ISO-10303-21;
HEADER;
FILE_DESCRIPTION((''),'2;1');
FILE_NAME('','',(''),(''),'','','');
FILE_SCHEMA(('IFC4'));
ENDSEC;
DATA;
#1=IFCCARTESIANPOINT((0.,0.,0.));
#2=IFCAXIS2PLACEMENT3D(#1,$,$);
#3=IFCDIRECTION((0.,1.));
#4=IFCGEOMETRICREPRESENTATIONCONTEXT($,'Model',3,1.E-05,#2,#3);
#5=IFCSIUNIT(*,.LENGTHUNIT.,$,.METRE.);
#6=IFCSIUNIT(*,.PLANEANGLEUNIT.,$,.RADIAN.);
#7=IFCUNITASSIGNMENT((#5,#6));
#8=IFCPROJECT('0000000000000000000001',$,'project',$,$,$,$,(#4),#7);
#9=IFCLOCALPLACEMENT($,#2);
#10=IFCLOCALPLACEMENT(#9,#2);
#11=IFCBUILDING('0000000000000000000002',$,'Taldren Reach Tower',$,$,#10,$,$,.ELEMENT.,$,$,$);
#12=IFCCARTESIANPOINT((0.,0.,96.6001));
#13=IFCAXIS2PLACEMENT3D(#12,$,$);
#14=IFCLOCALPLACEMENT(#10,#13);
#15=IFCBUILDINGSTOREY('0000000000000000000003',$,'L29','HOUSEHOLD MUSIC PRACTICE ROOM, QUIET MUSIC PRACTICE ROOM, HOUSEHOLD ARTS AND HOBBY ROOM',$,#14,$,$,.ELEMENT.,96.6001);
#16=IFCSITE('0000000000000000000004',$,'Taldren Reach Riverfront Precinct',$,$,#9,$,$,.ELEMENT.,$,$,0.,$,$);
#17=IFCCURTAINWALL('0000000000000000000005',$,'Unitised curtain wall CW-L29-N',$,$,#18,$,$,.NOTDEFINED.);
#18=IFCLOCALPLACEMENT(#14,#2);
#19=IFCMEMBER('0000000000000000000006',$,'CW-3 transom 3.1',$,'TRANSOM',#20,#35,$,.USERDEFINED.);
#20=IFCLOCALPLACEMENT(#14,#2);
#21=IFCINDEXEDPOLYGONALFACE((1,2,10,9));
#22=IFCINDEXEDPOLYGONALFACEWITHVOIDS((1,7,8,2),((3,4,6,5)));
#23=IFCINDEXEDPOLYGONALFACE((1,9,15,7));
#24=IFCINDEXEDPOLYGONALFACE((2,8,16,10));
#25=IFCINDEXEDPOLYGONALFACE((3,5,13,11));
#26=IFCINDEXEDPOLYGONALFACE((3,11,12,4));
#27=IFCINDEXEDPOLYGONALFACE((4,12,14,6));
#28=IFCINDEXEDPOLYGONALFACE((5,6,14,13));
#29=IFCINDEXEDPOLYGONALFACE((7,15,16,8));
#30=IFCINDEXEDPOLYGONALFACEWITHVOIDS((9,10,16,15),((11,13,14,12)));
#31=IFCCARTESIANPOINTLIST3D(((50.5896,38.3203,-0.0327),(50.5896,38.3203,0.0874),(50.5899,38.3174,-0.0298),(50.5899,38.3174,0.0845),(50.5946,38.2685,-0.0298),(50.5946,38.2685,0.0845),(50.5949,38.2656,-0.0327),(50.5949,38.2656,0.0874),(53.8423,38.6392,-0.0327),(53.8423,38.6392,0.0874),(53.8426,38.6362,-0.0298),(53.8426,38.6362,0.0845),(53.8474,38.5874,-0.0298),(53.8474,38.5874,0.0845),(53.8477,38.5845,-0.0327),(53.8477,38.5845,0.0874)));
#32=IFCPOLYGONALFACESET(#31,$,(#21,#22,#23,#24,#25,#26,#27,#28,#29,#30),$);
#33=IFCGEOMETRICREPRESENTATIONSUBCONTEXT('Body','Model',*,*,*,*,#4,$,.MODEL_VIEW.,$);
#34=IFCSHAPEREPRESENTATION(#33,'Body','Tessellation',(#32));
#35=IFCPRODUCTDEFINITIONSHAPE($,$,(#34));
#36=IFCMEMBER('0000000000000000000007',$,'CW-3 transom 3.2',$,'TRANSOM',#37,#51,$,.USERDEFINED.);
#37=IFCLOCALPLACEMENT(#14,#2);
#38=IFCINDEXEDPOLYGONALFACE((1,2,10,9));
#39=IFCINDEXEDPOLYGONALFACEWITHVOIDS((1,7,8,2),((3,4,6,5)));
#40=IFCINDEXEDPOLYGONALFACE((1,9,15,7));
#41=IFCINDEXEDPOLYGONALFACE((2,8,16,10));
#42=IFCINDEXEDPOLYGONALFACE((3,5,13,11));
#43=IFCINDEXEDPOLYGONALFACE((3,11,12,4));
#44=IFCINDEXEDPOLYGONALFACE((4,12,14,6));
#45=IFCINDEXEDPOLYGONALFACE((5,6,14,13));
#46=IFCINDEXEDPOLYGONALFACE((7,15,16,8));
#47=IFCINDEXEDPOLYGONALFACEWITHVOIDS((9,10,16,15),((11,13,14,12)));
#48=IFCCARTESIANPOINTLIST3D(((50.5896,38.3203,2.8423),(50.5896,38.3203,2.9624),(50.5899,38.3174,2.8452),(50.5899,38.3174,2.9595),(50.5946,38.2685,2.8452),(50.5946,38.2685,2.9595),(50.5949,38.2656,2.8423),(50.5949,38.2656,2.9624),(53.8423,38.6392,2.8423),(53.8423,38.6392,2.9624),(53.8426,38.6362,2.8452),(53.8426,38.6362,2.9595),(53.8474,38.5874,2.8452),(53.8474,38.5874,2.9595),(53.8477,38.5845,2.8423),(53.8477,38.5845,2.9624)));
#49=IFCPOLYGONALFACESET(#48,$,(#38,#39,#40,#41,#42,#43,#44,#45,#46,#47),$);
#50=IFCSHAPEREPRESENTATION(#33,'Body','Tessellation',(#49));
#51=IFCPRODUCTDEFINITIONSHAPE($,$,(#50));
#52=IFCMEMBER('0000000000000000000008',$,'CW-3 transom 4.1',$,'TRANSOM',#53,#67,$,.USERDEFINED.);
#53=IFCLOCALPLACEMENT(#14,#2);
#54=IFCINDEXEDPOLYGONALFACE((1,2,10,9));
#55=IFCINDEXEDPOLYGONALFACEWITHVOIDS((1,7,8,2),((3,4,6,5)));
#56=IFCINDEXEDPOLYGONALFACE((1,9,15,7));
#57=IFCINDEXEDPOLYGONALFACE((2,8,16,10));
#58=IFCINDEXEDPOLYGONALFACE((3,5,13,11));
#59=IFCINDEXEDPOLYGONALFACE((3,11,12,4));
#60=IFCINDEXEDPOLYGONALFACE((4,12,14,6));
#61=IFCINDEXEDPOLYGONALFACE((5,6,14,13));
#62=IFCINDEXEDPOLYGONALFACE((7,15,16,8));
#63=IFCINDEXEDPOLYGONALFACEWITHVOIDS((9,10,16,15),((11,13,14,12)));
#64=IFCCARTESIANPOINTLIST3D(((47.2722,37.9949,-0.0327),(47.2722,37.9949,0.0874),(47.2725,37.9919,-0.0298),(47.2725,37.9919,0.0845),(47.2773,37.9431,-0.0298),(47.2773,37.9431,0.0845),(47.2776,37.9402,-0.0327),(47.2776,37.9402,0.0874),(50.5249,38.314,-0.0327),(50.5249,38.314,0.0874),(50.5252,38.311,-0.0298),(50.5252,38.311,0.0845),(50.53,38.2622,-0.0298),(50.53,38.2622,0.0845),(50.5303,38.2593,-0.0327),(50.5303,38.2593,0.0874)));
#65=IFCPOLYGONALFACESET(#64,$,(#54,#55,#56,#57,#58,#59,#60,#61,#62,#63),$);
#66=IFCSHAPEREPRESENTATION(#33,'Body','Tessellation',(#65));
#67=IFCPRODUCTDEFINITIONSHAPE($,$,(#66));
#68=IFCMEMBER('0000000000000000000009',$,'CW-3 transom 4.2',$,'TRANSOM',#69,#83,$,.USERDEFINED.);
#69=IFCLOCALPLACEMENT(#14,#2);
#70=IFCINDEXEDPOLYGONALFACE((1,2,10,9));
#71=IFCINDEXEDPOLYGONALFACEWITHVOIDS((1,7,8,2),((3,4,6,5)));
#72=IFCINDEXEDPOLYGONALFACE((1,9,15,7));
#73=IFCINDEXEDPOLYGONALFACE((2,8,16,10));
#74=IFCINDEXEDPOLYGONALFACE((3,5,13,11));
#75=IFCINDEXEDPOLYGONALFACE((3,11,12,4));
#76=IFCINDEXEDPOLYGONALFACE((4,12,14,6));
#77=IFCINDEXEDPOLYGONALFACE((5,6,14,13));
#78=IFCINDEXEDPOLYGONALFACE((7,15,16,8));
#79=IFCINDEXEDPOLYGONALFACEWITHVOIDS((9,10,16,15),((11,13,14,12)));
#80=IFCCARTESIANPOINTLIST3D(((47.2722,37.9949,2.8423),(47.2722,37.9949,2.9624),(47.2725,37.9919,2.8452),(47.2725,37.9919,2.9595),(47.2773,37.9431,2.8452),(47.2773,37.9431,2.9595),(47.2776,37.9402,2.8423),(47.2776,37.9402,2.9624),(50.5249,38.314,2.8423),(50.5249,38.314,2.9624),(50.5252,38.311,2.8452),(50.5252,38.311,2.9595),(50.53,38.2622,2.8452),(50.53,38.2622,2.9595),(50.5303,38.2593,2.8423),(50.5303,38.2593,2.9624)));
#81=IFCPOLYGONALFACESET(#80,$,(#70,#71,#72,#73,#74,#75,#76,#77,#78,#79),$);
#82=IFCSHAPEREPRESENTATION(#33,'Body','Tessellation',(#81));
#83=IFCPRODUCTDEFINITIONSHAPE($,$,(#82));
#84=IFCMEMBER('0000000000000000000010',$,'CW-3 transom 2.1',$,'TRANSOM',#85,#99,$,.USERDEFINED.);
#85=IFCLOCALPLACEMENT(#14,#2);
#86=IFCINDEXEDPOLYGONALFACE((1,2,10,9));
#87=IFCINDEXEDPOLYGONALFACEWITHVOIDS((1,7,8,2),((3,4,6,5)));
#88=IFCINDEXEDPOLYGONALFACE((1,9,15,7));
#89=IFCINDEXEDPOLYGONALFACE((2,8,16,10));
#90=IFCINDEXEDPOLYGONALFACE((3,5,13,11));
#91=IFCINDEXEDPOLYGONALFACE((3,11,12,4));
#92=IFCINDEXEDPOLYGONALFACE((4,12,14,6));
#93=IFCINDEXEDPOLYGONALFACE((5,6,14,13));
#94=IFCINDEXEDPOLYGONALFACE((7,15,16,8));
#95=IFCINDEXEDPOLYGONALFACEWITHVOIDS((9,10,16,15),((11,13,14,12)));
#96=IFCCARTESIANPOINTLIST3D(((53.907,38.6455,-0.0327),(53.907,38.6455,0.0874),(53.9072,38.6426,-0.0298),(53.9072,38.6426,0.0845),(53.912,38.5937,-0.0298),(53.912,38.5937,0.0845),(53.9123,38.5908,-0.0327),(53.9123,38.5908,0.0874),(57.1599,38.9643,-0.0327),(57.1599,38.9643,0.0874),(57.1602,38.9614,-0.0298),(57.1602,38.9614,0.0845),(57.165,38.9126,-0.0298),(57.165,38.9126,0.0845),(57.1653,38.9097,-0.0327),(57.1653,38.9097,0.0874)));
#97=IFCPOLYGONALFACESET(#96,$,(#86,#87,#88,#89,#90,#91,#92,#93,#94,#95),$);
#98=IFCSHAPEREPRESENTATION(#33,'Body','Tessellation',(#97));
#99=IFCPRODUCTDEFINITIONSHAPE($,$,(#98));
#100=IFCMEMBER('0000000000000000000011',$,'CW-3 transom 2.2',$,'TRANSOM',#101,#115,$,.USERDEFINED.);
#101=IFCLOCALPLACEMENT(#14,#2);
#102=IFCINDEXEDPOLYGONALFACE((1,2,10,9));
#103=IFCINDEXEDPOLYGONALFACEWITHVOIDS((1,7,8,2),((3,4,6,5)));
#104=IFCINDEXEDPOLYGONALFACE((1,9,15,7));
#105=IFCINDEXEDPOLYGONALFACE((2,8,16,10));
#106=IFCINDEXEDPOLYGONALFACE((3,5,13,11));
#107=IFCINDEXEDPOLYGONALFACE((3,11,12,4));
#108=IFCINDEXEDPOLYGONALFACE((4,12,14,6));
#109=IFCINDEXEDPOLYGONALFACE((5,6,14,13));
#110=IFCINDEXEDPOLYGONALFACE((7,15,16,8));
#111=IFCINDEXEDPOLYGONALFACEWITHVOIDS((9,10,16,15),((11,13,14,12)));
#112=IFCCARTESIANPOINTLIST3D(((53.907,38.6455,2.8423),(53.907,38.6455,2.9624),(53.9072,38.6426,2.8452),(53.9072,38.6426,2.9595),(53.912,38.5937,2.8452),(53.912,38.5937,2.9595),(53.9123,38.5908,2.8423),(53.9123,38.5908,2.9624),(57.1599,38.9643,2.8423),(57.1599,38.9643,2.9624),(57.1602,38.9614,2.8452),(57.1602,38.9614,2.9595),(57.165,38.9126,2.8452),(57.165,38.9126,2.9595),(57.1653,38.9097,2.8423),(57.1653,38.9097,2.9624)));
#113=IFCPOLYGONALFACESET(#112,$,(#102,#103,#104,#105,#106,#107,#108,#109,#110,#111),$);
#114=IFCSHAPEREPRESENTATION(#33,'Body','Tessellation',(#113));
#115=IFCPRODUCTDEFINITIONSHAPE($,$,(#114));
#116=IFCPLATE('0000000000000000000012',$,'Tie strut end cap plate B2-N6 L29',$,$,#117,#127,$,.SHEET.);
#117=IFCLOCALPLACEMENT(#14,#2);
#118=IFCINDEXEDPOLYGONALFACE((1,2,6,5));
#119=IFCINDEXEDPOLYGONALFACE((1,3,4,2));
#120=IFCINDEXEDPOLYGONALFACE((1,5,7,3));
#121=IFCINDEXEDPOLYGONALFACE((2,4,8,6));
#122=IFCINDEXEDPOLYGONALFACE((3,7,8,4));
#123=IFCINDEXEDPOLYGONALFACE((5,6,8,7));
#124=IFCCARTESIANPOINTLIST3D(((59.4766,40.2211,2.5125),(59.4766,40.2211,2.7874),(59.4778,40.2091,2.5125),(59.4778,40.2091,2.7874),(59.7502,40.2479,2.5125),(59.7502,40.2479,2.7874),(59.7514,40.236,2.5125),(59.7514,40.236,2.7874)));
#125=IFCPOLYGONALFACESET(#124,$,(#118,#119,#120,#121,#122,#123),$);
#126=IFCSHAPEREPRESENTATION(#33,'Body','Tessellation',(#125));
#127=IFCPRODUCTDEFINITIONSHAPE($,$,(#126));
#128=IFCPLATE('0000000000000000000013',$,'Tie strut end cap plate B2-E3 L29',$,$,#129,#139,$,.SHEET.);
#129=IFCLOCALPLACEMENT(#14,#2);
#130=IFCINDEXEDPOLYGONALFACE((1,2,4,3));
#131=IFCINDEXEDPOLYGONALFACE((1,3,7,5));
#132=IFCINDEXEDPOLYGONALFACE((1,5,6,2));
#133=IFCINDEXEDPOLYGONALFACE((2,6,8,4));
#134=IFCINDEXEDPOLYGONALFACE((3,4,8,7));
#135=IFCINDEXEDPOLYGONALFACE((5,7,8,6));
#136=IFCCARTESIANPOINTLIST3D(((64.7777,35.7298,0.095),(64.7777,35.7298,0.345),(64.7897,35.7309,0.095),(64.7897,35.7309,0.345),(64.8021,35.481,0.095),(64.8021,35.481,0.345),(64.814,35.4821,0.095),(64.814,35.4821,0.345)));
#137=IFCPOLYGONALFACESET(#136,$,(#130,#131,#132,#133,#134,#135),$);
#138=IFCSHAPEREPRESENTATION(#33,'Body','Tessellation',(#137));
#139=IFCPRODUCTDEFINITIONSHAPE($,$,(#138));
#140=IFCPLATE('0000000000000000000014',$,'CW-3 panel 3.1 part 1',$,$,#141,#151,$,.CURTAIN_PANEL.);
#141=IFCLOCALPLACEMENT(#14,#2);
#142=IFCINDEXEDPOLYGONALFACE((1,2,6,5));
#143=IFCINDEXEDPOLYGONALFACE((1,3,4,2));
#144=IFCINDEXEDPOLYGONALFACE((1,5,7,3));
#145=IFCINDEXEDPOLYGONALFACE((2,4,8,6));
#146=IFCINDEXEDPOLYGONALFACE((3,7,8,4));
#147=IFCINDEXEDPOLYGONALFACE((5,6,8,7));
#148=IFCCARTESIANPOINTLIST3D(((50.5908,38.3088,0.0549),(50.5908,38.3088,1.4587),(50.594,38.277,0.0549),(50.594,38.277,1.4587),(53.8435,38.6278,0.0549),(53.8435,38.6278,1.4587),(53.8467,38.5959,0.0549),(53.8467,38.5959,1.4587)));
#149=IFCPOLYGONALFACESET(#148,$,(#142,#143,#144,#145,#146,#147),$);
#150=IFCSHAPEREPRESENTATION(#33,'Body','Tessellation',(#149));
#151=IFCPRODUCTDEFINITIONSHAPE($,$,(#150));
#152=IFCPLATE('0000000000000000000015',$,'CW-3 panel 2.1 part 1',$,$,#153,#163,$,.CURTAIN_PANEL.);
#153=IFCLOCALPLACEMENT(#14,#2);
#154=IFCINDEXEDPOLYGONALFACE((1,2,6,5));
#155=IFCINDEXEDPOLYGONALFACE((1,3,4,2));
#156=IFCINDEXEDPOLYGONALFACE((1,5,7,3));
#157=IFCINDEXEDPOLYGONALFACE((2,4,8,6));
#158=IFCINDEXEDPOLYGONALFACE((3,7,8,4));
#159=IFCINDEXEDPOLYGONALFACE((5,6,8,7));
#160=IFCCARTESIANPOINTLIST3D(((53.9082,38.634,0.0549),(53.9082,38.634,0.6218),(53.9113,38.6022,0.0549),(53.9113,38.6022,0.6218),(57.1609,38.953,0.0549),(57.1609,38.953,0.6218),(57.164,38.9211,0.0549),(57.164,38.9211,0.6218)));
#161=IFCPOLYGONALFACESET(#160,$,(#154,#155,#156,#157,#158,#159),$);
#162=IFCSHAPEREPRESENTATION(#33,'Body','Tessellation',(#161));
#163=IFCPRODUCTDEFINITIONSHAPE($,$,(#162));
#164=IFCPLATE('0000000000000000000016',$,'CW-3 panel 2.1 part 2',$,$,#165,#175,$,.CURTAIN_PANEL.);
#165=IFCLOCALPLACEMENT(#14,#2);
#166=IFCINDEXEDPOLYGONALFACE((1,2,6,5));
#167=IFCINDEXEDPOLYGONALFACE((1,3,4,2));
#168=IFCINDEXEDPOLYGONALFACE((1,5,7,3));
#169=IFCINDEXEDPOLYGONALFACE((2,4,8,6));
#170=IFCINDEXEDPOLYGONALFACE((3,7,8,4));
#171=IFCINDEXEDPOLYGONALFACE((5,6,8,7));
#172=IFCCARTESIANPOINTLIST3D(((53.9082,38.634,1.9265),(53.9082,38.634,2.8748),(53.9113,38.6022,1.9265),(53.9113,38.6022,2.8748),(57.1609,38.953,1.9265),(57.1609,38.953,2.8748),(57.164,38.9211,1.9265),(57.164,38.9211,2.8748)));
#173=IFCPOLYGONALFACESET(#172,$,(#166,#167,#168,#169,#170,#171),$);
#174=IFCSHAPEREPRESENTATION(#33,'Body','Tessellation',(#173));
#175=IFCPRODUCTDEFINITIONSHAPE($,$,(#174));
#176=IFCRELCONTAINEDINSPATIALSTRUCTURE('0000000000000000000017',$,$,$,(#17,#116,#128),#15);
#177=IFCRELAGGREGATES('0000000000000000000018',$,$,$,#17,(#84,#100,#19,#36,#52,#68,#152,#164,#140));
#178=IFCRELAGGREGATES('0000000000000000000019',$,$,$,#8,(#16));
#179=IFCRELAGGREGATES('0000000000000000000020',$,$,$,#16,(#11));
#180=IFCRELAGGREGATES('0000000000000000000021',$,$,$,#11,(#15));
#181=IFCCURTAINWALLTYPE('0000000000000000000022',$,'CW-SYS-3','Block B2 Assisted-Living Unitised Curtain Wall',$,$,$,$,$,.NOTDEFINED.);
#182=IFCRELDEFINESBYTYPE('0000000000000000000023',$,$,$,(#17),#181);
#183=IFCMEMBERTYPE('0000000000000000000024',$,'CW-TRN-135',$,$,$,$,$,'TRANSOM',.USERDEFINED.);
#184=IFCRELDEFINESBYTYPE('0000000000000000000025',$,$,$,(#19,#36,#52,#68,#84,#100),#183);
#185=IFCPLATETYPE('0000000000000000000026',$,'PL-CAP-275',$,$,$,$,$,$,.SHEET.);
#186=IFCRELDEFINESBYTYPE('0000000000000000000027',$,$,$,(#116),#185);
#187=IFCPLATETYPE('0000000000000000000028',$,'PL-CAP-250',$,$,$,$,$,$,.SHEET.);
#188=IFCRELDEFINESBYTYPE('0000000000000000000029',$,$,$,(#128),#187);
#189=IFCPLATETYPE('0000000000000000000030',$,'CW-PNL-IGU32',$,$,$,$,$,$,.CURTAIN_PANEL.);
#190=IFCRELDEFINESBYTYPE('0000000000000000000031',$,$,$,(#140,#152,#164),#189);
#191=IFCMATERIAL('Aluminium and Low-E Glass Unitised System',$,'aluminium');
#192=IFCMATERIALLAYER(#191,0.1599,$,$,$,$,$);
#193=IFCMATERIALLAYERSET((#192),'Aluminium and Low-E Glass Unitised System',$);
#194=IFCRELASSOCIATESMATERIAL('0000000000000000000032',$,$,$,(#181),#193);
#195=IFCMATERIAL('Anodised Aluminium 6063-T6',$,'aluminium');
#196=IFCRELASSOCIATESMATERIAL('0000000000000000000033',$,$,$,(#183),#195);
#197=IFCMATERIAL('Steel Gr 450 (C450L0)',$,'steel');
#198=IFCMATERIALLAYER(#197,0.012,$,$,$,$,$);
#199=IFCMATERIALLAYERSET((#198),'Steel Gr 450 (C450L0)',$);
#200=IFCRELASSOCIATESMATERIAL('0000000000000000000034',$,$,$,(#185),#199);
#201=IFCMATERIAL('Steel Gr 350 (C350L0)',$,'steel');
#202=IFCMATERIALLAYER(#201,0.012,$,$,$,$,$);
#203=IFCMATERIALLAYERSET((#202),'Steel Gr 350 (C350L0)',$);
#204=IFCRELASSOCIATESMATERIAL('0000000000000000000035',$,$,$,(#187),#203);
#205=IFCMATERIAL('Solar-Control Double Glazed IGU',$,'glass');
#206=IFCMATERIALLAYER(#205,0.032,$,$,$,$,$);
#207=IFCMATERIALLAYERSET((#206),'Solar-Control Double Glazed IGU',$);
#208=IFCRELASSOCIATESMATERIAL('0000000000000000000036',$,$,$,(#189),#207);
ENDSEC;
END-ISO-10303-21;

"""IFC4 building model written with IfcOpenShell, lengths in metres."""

from ifc_helpers import new_model, si_unit, direction, frame, origin, origin_2d, place, context, subcontext, project, spatial, rectangle, hollow_rectangle, extrude, source, transform, mapped, material, layer, layer_set, material_profile, profile_set, type_object, element, aggregate, save


model = new_model("IFC4")

# Units and contexts
model_context = context("Model", 3, precision=1e-05, world=origin(), true_north=direction((0.0, 1.0)))
body_context = subcontext(model_context, "Body", "Model", "MODEL_VIEW")
ifc_project = project(units=[si_unit("LENGTHUNIT", "METRE"), si_unit("PLANEANGLEUNIT", "RADIAN")], contexts=[model_context])

# Site, building, storey
site_placement = place(None, origin())
site = spatial("IfcSite", under=ifc_project, at=site_placement, Name="Taldren Reach Riverfront Precinct", CompositionType="ELEMENT", RefElevation=0.0)
building_placement = place(site_placement, origin())
building = spatial("IfcBuilding", under=site, at=building_placement, Name="Taldren Reach Tower", CompositionType="ELEMENT")
storey_placement = place(building_placement, frame((0.0, 0.0, 96.6001)))
storey = spatial("IfcBuildingStorey", under=building, at=storey_placement, Name="L29", Description="HOUSEHOLD MUSIC PRACTICE ROOM, QUIET MUSIC PRACTICE ROOM, HOUSEHOLD ARTS AND HOBBY ROOM", CompositionType="ELEMENT", Elevation=96.6001)

# Shared definitions
ifc_material_1 = material(Name="Steel Gr 450 (C450L0)", Category="steel")
ifc_material_2 = material(Name="Steel Gr 350 (C350L0)", Category="steel")

# Curtain wall
ifc_material_3 = material(Name="Aluminium and Low-E Glass Unitised System", Category="aluminium")
ifc_layer_1 = layer(ifc_material_3, 0.1599)
ifc_layer_set_1 = layer_set([ifc_layer_1], Name="Aluminium and Low-E Glass Unitised System")
curtain_wall_type = type_object("IfcCurtainWallType", Name="CW-SYS-3", Description="Block B2 Assisted-Living Unitised Curtain Wall", PredefinedType="NOTDEFINED", material=ifc_layer_set_1)
curtain_wall_1_placement = place(storey_placement, origin())
curtain_wall_1 = element("IfcCurtainWall", 1, at=curtain_wall_1_placement, inside=storey, type_object=curtain_wall_type, Name="Unitised curtain wall CW-L29-N", PredefinedType="NOTDEFINED")
ifc_material_4 = material(Name="Anodised Aluminium 6063-T6", Category="aluminium")

# Members
ifc_material_profile_1 = material_profile(ifc_material_4, hollow_rectangle(XDim=0.0549, YDim=0.1201, WallThickness=0.0029, at=origin_2d()), Name="ALU-120x55x3RHS")
ifc_profile_set_1 = profile_set([ifc_material_profile_1], Name="Anodised Aluminium 6063-T6")
member_type_1 = type_object("IfcMemberType", Name="CW-TRN-135", ElementType="TRANSOM", PredefinedType="USERDEFINED", material=ifc_profile_set_1)
shared_shape_1 = source(origin(), body_context, "Body", "SweptSolid", [
    extrude(hollow_rectangle(XDim=0.0549, YDim=0.1201, WallThickness=0.0029, at=origin_2d()), origin(), (0.0, 0.0, 1.0), 3.2683),
])
member_1_placement = place(storey_placement, frame((53.845, 38.6118, 0.0273), z_axis=(-0.99523, -0.097558, 0.0), x_axis=(0.097558, -0.99523, 0.0)))
member_1 = element("IfcMember", 2, at=member_1_placement, type_object=member_type_1, Name="CW-3 transom 3.1", ObjectType="TRANSOM", PredefinedType="USERDEFINED", context=body_context, shape_type="MappedRepresentation", body=[
    mapped(shared_shape_1, transform((0.0, 0.0, 0.0), scale=1.0)),
])
member_2_placement = place(storey_placement, frame((53.845, 38.6118, 2.9023), z_axis=(-0.99523, -0.097558, 0.0), x_axis=(0.097558, -0.99523, 0.0)))
member_2 = element("IfcMember", 3, at=member_2_placement, type_object=member_type_1, Name="CW-3 transom 3.2", ObjectType="TRANSOM", PredefinedType="USERDEFINED", context=body_context, shape_type="MappedRepresentation", body=[
    mapped(shared_shape_1, transform((0.0, 0.0, 0.0), scale=1.0)),
])
member_3_placement = place(storey_placement, frame((50.5276, 38.2866, 0.0273), z_axis=(-0.995223, -0.097632, 0.0), x_axis=(0.097632, -0.995223, 0.0)))
member_3 = element("IfcMember", 4, at=member_3_placement, type_object=member_type_1, Name="CW-3 transom 4.1", ObjectType="TRANSOM", PredefinedType="USERDEFINED", context=body_context, shape_type="MappedRepresentation", body=[
    mapped(shared_shape_1, transform((0.0, 0.0, 0.0), scale=1.0)),
])
member_4_placement = place(storey_placement, frame((50.5276, 38.2866, 2.9023), z_axis=(-0.995223, -0.097632, 0.0), x_axis=(0.097632, -0.995223, 0.0)))
member_4 = element("IfcMember", 5, at=member_4_placement, type_object=member_type_1, Name="CW-3 transom 4.2", ObjectType="TRANSOM", PredefinedType="USERDEFINED", context=body_context, shape_type="MappedRepresentation", body=[
    mapped(shared_shape_1, transform((0.0, 0.0, 0.0), scale=1.0)),
])
shared_shape_2 = source(origin(), body_context, "Body", "SweptSolid", [
    extrude(hollow_rectangle(XDim=0.0549, YDim=0.1201, WallThickness=0.0029, at=origin_2d()), origin(), (0.0, 0.0, 1.0), 3.2686),
])
member_5_placement = place(storey_placement, frame((57.1626, 38.937, 0.0273), z_axis=(-0.995231, -0.097551, 0.0), x_axis=(0.097551, -0.995231, 0.0)))
member_5 = element("IfcMember", 6, at=member_5_placement, type_object=member_type_1, Name="CW-3 transom 2.1", ObjectType="TRANSOM", PredefinedType="USERDEFINED", context=body_context, shape_type="MappedRepresentation", body=[
    mapped(shared_shape_2, transform((0.0, 0.0, 0.0), scale=1.0)),
])
member_6_placement = place(storey_placement, frame((57.1626, 38.937, 2.9023), z_axis=(-0.995231, -0.097551, 0.0), x_axis=(0.097551, -0.995231, 0.0)))
member_6 = element("IfcMember", 7, at=member_6_placement, type_object=member_type_1, Name="CW-3 transom 2.2", ObjectType="TRANSOM", PredefinedType="USERDEFINED", context=body_context, shape_type="MappedRepresentation", body=[
    mapped(shared_shape_2, transform((0.0, 0.0, 0.0), scale=1.0)),
])

# Plates
ifc_layer_2 = layer(ifc_material_1, 0.012)
ifc_layer_set_2 = layer_set([ifc_layer_2], Name="Steel Gr 450 (C450L0)")
plate_type_1 = type_object("IfcPlateType", Name="PL-CAP-275", PredefinedType="SHEET", material=ifc_layer_set_2)
shared_shape_3 = source(origin(), body_context, "Body", "SweptSolid", [
    extrude(rectangle(XDim=0.2749, YDim=0.012, at=origin_2d()), origin(), (0.0, 0.0, 1.0), 0.2749),
])
plate_1_placement = place(storey_placement, frame((59.614, 40.2285, 2.5125), z_axis=(0.0, 0.0, 1.0), x_axis=(0.995227, 0.097583, 0.0)))
element("IfcPlate", 8, at=plate_1_placement, inside=storey, type_object=plate_type_1, Name="Tie strut end cap plate B2-N6 L29", PredefinedType="SHEET", context=body_context, shape_type="MappedRepresentation", body=[
    mapped(shared_shape_3, transform((0.0, 0.0, 0.0), scale=1.0)),
])
ifc_layer_3 = layer(ifc_material_2, 0.012)
ifc_layer_set_3 = layer_set([ifc_layer_3], Name="Steel Gr 350 (C350L0)")
plate_type_2 = type_object("IfcPlateType", Name="PL-CAP-250", PredefinedType="SHEET", material=ifc_layer_set_3)
shared_shape_4 = source(origin(), body_context, "Body", "SweptSolid", [
    extrude(rectangle(XDim=0.012, YDim=0.25, at=origin_2d()), origin(), (0.0, 0.0, 1.0), 0.25),
])
plate_2_placement = place(storey_placement, frame((64.7959, 35.606, 0.095), z_axis=(0.0, 0.0, 1.0), x_axis=(0.995227, 0.097583, 0.0)))
element("IfcPlate", 9, at=plate_2_placement, inside=storey, type_object=plate_type_2, Name="Tie strut end cap plate B2-E3 L29", PredefinedType="SHEET", context=body_context, shape_type="MappedRepresentation", body=[
    mapped(shared_shape_4, transform((0.0, 0.0, 0.0), scale=1.0)),
])

# Plates
ifc_material_5 = material(Name="Solar-Control Double Glazed IGU", Category="glass")
ifc_layer_4 = layer(ifc_material_5, 0.032)
ifc_layer_set_4 = layer_set([ifc_layer_4], Name="Solar-Control Double Glazed IGU")
plate_type_3 = type_object("IfcPlateType", Name="CW-PNL-IGU32", PredefinedType="CURTAIN_PANEL", material=ifc_layer_set_4)
shared_shape_5 = source(origin(), body_context, "Body", "SweptSolid", [
    extrude(rectangle(XDim=3.2683, YDim=0.032, at=origin_2d()), origin(), (0.0, 0.0, 1.0), 1.4038),
])
plate_3_placement = place(storey_placement, frame((52.2188, 38.4524, 0.0549), z_axis=(0.0, 0.0, 1.0), x_axis=(-0.995227, -0.097583, 0.0)))
plate_3 = element("IfcPlate", 10, at=plate_3_placement, type_object=plate_type_3, Name="CW-3 panel 3.1 part 1", PredefinedType="CURTAIN_PANEL", context=body_context, shape_type="MappedRepresentation", body=[
    mapped(shared_shape_5, transform((0.0, 0.0, 0.0), scale=1.0)),
])
shared_shape_6 = source(origin(), body_context, "Body", "SweptSolid", [
    extrude(rectangle(XDim=3.2683, YDim=0.032, at=origin_2d()), origin(), (0.0, 0.0, 1.0), 0.5669),
])
plate_4_placement = place(storey_placement, frame((55.5361, 38.7776, 0.0549), z_axis=(0.0, 0.0, 1.0), x_axis=(-0.995227, -0.097583, 0.0)))
plate_4 = element("IfcPlate", 11, at=plate_4_placement, type_object=plate_type_3, Name="CW-3 panel 2.1 part 1", PredefinedType="CURTAIN_PANEL", context=body_context, shape_type="MappedRepresentation", body=[
    mapped(shared_shape_6, transform((0.0, 0.0, 0.0), scale=1.0)),
])
shared_shape_7 = source(origin(), body_context, "Body", "SweptSolid", [
    extrude(rectangle(XDim=3.2683, YDim=0.032, at=origin_2d()), origin(), (0.0, 0.0, 1.0), 0.9482),
])
plate_5_placement = place(storey_placement, frame((55.5361, 38.7776, 1.9265), z_axis=(0.0, 0.0, 1.0), x_axis=(-0.995227, -0.097583, 0.0)))
plate_5 = element("IfcPlate", 12, at=plate_5_placement, type_object=plate_type_3, Name="CW-3 panel 2.1 part 2", PredefinedType="CURTAIN_PANEL", context=body_context, shape_type="MappedRepresentation", body=[
    mapped(shared_shape_7, transform((0.0, 0.0, 0.0), scale=1.0)),
])
aggregate(curtain_wall_1, [member_5, member_6, member_1, member_2, member_3, member_4, plate_4, plate_5, plate_3])

save(model, "model.ifc")
